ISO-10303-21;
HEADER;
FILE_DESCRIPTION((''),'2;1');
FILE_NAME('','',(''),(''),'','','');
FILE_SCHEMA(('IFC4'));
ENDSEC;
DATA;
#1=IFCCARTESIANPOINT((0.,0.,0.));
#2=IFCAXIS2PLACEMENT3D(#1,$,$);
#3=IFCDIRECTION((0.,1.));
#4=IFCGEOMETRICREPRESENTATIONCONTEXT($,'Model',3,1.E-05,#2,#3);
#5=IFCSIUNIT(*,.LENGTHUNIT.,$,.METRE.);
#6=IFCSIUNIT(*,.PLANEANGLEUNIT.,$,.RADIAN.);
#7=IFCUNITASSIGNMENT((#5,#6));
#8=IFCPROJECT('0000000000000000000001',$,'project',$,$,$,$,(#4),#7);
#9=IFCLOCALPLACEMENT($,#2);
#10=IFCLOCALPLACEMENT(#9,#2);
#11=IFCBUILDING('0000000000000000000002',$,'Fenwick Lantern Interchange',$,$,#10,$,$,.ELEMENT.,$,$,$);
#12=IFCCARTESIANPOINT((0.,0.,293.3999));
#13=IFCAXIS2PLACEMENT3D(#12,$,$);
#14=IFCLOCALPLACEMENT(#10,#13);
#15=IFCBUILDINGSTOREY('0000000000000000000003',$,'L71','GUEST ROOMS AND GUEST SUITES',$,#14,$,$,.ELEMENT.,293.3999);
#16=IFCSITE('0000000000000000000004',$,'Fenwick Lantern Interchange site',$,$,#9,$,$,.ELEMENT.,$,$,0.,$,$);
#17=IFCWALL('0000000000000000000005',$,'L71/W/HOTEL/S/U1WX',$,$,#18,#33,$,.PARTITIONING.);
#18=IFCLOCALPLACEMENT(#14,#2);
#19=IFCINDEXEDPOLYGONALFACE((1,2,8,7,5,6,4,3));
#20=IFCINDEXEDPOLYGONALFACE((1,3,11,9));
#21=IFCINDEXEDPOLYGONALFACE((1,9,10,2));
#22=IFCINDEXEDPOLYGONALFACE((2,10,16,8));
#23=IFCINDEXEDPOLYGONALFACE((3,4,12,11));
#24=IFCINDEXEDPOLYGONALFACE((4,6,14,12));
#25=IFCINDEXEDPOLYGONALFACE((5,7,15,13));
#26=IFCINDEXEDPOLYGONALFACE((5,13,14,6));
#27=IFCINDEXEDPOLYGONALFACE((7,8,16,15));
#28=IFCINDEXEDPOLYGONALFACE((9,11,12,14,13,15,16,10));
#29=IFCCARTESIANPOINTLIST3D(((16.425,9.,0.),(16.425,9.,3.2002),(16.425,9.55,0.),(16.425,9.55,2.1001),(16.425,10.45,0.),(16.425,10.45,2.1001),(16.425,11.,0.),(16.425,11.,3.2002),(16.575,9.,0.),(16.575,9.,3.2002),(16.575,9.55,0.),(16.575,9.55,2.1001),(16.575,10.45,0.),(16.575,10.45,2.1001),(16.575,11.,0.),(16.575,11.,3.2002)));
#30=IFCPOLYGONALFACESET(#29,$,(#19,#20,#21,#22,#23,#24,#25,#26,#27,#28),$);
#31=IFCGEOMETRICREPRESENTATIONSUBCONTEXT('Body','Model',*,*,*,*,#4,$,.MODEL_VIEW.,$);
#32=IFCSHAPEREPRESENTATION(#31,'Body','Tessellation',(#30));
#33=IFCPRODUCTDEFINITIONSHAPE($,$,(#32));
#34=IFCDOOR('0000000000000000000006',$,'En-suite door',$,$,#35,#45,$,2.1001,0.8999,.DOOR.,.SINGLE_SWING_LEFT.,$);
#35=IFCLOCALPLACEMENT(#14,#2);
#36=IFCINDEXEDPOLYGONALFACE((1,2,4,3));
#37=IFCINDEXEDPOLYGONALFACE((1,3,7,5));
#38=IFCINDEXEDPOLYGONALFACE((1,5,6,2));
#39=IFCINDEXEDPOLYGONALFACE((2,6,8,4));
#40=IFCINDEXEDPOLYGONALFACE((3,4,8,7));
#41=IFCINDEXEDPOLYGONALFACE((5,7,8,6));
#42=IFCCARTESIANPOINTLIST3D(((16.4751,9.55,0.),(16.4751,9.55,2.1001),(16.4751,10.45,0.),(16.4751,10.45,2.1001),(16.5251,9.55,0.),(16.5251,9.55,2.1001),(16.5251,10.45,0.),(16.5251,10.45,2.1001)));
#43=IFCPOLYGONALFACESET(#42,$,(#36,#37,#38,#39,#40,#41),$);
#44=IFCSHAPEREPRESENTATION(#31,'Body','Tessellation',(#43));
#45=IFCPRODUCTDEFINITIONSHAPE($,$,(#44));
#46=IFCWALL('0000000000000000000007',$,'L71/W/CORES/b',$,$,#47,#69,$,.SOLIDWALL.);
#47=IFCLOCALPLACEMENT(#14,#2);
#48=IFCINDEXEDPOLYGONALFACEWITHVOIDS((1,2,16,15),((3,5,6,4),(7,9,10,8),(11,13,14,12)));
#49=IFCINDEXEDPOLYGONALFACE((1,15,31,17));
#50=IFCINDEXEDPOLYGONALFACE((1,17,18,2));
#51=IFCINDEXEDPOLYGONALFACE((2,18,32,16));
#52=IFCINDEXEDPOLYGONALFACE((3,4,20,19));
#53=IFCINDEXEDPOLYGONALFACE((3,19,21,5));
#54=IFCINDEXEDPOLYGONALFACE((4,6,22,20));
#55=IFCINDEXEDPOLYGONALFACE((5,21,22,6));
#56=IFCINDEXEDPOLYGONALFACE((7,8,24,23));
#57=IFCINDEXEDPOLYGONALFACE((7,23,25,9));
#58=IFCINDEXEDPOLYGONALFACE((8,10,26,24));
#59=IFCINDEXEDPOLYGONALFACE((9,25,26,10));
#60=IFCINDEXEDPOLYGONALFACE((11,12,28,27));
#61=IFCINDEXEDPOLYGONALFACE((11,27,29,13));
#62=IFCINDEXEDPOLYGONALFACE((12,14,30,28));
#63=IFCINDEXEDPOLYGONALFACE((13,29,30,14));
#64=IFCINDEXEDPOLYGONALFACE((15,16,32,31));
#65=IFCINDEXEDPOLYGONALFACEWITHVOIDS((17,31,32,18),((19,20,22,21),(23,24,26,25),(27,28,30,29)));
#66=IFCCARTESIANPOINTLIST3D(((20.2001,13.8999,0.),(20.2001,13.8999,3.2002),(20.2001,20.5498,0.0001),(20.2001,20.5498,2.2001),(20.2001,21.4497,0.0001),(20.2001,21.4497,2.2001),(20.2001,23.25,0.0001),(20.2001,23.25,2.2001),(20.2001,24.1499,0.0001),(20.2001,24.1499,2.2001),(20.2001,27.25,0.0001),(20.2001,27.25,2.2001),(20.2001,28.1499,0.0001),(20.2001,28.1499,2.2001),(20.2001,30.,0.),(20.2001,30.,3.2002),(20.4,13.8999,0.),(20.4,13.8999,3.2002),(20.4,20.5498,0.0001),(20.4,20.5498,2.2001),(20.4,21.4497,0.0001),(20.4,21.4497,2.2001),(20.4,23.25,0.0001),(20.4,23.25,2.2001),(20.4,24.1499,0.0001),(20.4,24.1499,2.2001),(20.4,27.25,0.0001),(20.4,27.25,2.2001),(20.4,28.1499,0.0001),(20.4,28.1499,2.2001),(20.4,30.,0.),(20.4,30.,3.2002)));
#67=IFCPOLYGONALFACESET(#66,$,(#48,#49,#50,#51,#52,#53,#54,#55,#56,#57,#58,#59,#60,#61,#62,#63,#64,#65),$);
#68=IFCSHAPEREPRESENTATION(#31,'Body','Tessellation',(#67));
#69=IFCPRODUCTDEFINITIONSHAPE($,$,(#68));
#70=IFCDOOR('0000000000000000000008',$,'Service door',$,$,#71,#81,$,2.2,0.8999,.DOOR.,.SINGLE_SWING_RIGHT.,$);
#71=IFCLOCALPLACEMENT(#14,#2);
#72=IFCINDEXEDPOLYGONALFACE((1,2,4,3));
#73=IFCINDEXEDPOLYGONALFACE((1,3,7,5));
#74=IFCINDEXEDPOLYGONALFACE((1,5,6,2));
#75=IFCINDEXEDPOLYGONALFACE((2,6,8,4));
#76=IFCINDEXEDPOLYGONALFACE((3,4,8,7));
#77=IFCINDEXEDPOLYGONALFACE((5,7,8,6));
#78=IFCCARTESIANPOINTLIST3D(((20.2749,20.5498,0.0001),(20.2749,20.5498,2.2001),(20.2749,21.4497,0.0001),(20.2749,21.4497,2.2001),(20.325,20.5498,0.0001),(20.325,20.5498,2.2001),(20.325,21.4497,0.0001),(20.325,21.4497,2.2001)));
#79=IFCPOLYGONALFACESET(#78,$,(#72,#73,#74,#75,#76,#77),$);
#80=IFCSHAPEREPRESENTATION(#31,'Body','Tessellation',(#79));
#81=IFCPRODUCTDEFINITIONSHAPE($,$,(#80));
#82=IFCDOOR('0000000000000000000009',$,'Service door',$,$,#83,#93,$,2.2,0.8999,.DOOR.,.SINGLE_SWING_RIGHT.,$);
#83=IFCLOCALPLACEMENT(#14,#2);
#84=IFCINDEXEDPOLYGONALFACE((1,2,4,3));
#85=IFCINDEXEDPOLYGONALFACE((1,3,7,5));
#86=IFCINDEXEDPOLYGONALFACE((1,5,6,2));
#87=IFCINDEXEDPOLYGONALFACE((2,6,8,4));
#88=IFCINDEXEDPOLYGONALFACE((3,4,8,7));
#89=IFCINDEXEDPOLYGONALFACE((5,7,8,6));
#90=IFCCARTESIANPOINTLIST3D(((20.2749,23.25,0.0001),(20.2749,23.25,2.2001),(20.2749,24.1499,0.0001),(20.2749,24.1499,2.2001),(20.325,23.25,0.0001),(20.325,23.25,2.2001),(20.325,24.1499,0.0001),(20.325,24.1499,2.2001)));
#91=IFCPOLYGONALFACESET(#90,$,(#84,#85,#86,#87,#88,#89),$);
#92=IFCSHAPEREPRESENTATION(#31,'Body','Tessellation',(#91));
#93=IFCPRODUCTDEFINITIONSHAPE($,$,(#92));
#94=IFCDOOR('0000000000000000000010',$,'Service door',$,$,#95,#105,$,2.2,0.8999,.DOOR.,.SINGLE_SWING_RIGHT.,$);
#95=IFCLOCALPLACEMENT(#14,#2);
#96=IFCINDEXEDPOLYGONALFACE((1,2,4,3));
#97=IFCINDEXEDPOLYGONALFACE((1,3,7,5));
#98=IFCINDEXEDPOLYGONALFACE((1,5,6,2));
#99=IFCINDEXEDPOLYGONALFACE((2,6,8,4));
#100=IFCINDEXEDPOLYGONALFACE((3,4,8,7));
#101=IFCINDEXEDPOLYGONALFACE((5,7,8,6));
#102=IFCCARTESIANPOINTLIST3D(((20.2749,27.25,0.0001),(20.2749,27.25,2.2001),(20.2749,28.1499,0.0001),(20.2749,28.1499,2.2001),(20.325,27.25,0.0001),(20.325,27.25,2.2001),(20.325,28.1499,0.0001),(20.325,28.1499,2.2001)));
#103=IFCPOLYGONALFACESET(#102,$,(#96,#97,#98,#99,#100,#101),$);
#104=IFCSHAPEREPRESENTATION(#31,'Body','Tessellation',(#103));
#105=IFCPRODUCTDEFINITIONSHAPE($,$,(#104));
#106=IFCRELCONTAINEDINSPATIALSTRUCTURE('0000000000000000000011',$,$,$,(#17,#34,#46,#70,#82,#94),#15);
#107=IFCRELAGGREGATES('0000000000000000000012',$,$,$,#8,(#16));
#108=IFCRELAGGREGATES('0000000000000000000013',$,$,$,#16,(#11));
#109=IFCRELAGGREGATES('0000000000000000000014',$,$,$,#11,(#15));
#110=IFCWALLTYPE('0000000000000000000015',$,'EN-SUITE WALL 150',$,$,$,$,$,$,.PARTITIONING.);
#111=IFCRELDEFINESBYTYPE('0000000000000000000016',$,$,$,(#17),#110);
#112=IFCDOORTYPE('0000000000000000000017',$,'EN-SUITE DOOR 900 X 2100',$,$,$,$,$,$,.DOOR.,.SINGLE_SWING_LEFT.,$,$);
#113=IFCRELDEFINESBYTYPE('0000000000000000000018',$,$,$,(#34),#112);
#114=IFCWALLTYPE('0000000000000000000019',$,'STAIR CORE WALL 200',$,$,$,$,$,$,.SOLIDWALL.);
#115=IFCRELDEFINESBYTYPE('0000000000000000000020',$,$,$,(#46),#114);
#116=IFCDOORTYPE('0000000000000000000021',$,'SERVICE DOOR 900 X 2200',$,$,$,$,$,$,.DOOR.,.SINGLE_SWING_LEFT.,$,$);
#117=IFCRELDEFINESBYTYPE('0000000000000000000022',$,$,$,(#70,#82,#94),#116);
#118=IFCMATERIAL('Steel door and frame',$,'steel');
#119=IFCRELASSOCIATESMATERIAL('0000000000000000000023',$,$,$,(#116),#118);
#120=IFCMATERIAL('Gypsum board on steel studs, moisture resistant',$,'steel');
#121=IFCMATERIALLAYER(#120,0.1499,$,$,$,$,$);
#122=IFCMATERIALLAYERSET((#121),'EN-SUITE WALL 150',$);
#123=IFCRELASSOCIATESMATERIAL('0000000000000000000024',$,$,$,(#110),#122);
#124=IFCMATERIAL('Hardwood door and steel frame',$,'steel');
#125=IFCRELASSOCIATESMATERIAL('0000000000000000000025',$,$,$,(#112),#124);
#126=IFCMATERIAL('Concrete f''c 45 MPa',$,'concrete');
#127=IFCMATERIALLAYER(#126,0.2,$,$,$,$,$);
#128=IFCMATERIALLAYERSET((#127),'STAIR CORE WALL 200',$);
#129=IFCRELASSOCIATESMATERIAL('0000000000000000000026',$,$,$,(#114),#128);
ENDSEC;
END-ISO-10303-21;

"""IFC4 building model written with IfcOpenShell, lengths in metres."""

from ifc_helpers import new_model, si_unit, direction, frame, frame_2d, origin, place, context, subcontext, project, spatial, rectangle, extrude, material, layer, layer_set, type_object, element, fill, save


model = new_model("IFC4")

# Units and contexts
model_context = context("Model", 3, precision=1e-05, world=origin(), true_north=direction((0.0, 1.0)))
body_context = subcontext(model_context, "Body", "Model", "MODEL_VIEW")
ifc_project = project(units=[si_unit("LENGTHUNIT", "METRE"), si_unit("PLANEANGLEUNIT", "RADIAN")], contexts=[model_context])

# Site, building, storey
site_placement = place(None, origin())
site = spatial("IfcSite", under=ifc_project, at=site_placement, Name="Fenwick Lantern Interchange site", CompositionType="ELEMENT", RefElevation=0.0)
building_placement = place(site_placement, origin())
building = spatial("IfcBuilding", under=site, at=building_placement, Name="Fenwick Lantern Interchange", CompositionType="ELEMENT")
storey_placement = place(building_placement, frame((0.0, 0.0, 293.3999)))
storey = spatial("IfcBuildingStorey", under=building, at=storey_placement, Name="L71", Description="GUEST ROOMS AND GUEST SUITES", CompositionType="ELEMENT", Elevation=293.3999)

# Shared definitions
ifc_material_1 = material(Name="Steel door and frame", Category="steel")
door_type_1 = type_object("IfcDoorType", Name="SERVICE DOOR 900 X 2200", OperationType="SINGLE_SWING_LEFT", PredefinedType="DOOR", material=ifc_material_1)

# Shared definitions
ifc_material_2 = material(Name="Hardwood door and steel frame", Category="steel")

# Wall, opening, door
ifc_material_3 = material(Name="Gypsum board on steel studs, moisture resistant", Category="steel")
ifc_layer_1 = layer(ifc_material_3, 0.1499)
ifc_layer_set_1 = layer_set([ifc_layer_1], Name="EN-SUITE WALL 150")
wall_type_1 = type_object("IfcWallType", Name="EN-SUITE WALL 150", PredefinedType="PARTITIONING", material=ifc_layer_set_1)
wall_1_placement = place(storey_placement, frame((16.5, 9.0, 0.0), z_axis=(0.0, 0.0, 1.0), x_axis=(0.0, 1.0, 0.0)))
wall_1 = element("IfcWall", 1, at=wall_1_placement, inside=storey, type_object=wall_type_1, Name="L71/W/HOTEL/S/U1WX", PredefinedType="PARTITIONING", context=body_context, shape_type="SweptSolid", body=[
    extrude(rectangle(XDim=2.0, YDim=0.1499, at=frame_2d((1.0, 0.0))), origin(), (0.0, 0.0, 1.0), 3.2002),
])
opening_1_placement = place(wall_1_placement, frame((0.55, 0.0, 0.0)))
opening_1 = element("IfcOpeningElement", 2, at=opening_1_placement, cuts=wall_1, PredefinedType="OPENING", context=body_context, shape_type="SweptSolid", body=[
    extrude(rectangle(XDim=0.8999, YDim=2.1001, at=frame_2d((0.45, 1.05))), frame((0.0, 0.085, 0.0), z_axis=(0.0, -1.0, 0.0), x_axis=(1.0, 0.0, 0.0)), (0.0, 0.0, 1.0), 0.1699),
])
door_type_2 = type_object("IfcDoorType", Name="EN-SUITE DOOR 900 X 2100", OperationType="SINGLE_SWING_LEFT", PredefinedType="DOOR", material=ifc_material_2)
door_1_placement = place(opening_1_placement, origin())
door_1 = element("IfcDoor", 3, at=door_1_placement, inside=storey, type_object=door_type_2, Name="En-suite door", OperationType="SINGLE_SWING_LEFT", OverallHeight=2.1001, OverallWidth=0.8999, PredefinedType="DOOR", context=body_context, shape_type="SweptSolid", body=[
    extrude(rectangle(XDim=0.8999, YDim=2.1001, at=frame_2d((0.45, 1.05))), frame((0.0, 0.0249, 0.0), z_axis=(0.0, -1.0, 0.0), x_axis=(1.0, 0.0, 0.0)), (0.0, 0.0, 1.0), 0.05),
])
fill(opening_1, door_1)

# Wall, openings, doors
ifc_material_4 = material(Name="Concrete f'c 45 MPa", Category="concrete")
ifc_layer_2 = layer(ifc_material_4, 0.2)
ifc_layer_set_2 = layer_set([ifc_layer_2], Name="STAIR CORE WALL 200")
wall_type_2 = type_object("IfcWallType", Name="STAIR CORE WALL 200", PredefinedType="SOLIDWALL", material=ifc_layer_set_2)
wall_2_placement = place(storey_placement, frame((20.3, 13.8999, 0.0), z_axis=(0.0, 0.0, 1.0), x_axis=(0.0, 1.0, 0.0)))
wall_2 = element("IfcWall", 4, at=wall_2_placement, inside=storey, type_object=wall_type_2, Name="L71/W/CORES/b", PredefinedType="SOLIDWALL", context=body_context, shape_type="SweptSolid", body=[
    extrude(rectangle(XDim=16.1001, YDim=0.2, at=frame_2d((8.05, 0.0))), origin(), (0.0, 0.0, 1.0), 3.2002),
])
opening_2_placement = place(wall_2_placement, frame((6.6499, 0.0, 0.0)))
opening_2 = element("IfcOpeningElement", 5, at=opening_2_placement, cuts=wall_2, PredefinedType="OPENING", context=body_context, shape_type="SweptSolid", body=[
    extrude(rectangle(XDim=0.8999, YDim=2.2, at=frame_2d((0.45, 1.1001))), frame((0.0, 0.1099, 0.0), z_axis=(0.0, -1.0, 0.0), x_axis=(1.0, 0.0, 0.0)), (0.0, 0.0, 1.0), 0.22),
])
opening_3_placement = place(wall_2_placement, frame((9.3501, 0.0, 0.0)))
opening_3 = element("IfcOpeningElement", 6, at=opening_3_placement, cuts=wall_2, PredefinedType="OPENING", context=body_context, shape_type="SweptSolid", body=[
    extrude(rectangle(XDim=0.8999, YDim=2.2, at=frame_2d((0.45, 1.1001))), frame((0.0, 0.1099, 0.0), z_axis=(0.0, -1.0, 0.0), x_axis=(1.0, 0.0, 0.0)), (0.0, 0.0, 1.0), 0.22),
])
opening_4_placement = place(wall_2_placement, frame((13.3501, 0.0, 0.0)))
opening_4 = element("IfcOpeningElement", 7, at=opening_4_placement, cuts=wall_2, PredefinedType="OPENING", context=body_context, shape_type="SweptSolid", body=[
    extrude(rectangle(XDim=0.8999, YDim=2.2, at=frame_2d((0.45, 1.1001))), frame((0.0, 0.1099, 0.0), z_axis=(0.0, -1.0, 0.0), x_axis=(1.0, 0.0, 0.0)), (0.0, 0.0, 1.0), 0.22),
])
door_2_placement = place(opening_2_placement, frame((0.8999, 0.0, 0.0), z_axis=(0.0, 0.0, 1.0), x_axis=(-1.0, 0.0, 0.0)))
door_2 = element("IfcDoor", 8, at=door_2_placement, inside=storey, type_object=door_type_1, Name="Service door", OperationType="SINGLE_SWING_RIGHT", OverallHeight=2.2, OverallWidth=0.8999, PredefinedType="DOOR", context=body_context, shape_type="SweptSolid", body=[
    extrude(rectangle(XDim=0.8999, YDim=2.2, at=frame_2d((0.45, 1.1001))), frame((0.0, 0.0249, 0.0), z_axis=(0.0, -1.0, 0.0), x_axis=(1.0, 0.0, 0.0)), (0.0, 0.0, 1.0), 0.05),
])
fill(opening_2, door_2)
door_3_placement = place(opening_3_placement, frame((0.8999, 0.0, 0.0), z_axis=(0.0, 0.0, 1.0), x_axis=(-1.0, 0.0, 0.0)))
door_3 = element("IfcDoor", 9, at=door_3_placement, inside=storey, type_object=door_type_1, Name="Service door", OperationType="SINGLE_SWING_RIGHT", OverallHeight=2.2, OverallWidth=0.8999, PredefinedType="DOOR", context=body_context, shape_type="SweptSolid", body=[
    extrude(rectangle(XDim=0.8999, YDim=2.2, at=frame_2d((0.45, 1.1001))), frame((0.0, 0.0249, 0.0), z_axis=(0.0, -1.0, 0.0), x_axis=(1.0, 0.0, 0.0)), (0.0, 0.0, 1.0), 0.05),
])
fill(opening_3, door_3)
door_4_placement = place(opening_4_placement, frame((0.8999, 0.0, 0.0), z_axis=(0.0, 0.0, 1.0), x_axis=(-1.0, 0.0, 0.0)))
door_4 = element("IfcDoor", 10, at=door_4_placement, inside=storey, type_object=door_type_1, Name="Service door", OperationType="SINGLE_SWING_RIGHT", OverallHeight=2.2, OverallWidth=0.8999, PredefinedType="DOOR", context=body_context, shape_type="SweptSolid", body=[
    extrude(rectangle(XDim=0.8999, YDim=2.2, at=frame_2d((0.45, 1.1001))), frame((0.0, 0.0249, 0.0), z_axis=(0.0, -1.0, 0.0), x_axis=(1.0, 0.0, 0.0)), (0.0, 0.0, 1.0), 0.05),
])
fill(opening_4, door_4)

save(model, "model.ifc")
